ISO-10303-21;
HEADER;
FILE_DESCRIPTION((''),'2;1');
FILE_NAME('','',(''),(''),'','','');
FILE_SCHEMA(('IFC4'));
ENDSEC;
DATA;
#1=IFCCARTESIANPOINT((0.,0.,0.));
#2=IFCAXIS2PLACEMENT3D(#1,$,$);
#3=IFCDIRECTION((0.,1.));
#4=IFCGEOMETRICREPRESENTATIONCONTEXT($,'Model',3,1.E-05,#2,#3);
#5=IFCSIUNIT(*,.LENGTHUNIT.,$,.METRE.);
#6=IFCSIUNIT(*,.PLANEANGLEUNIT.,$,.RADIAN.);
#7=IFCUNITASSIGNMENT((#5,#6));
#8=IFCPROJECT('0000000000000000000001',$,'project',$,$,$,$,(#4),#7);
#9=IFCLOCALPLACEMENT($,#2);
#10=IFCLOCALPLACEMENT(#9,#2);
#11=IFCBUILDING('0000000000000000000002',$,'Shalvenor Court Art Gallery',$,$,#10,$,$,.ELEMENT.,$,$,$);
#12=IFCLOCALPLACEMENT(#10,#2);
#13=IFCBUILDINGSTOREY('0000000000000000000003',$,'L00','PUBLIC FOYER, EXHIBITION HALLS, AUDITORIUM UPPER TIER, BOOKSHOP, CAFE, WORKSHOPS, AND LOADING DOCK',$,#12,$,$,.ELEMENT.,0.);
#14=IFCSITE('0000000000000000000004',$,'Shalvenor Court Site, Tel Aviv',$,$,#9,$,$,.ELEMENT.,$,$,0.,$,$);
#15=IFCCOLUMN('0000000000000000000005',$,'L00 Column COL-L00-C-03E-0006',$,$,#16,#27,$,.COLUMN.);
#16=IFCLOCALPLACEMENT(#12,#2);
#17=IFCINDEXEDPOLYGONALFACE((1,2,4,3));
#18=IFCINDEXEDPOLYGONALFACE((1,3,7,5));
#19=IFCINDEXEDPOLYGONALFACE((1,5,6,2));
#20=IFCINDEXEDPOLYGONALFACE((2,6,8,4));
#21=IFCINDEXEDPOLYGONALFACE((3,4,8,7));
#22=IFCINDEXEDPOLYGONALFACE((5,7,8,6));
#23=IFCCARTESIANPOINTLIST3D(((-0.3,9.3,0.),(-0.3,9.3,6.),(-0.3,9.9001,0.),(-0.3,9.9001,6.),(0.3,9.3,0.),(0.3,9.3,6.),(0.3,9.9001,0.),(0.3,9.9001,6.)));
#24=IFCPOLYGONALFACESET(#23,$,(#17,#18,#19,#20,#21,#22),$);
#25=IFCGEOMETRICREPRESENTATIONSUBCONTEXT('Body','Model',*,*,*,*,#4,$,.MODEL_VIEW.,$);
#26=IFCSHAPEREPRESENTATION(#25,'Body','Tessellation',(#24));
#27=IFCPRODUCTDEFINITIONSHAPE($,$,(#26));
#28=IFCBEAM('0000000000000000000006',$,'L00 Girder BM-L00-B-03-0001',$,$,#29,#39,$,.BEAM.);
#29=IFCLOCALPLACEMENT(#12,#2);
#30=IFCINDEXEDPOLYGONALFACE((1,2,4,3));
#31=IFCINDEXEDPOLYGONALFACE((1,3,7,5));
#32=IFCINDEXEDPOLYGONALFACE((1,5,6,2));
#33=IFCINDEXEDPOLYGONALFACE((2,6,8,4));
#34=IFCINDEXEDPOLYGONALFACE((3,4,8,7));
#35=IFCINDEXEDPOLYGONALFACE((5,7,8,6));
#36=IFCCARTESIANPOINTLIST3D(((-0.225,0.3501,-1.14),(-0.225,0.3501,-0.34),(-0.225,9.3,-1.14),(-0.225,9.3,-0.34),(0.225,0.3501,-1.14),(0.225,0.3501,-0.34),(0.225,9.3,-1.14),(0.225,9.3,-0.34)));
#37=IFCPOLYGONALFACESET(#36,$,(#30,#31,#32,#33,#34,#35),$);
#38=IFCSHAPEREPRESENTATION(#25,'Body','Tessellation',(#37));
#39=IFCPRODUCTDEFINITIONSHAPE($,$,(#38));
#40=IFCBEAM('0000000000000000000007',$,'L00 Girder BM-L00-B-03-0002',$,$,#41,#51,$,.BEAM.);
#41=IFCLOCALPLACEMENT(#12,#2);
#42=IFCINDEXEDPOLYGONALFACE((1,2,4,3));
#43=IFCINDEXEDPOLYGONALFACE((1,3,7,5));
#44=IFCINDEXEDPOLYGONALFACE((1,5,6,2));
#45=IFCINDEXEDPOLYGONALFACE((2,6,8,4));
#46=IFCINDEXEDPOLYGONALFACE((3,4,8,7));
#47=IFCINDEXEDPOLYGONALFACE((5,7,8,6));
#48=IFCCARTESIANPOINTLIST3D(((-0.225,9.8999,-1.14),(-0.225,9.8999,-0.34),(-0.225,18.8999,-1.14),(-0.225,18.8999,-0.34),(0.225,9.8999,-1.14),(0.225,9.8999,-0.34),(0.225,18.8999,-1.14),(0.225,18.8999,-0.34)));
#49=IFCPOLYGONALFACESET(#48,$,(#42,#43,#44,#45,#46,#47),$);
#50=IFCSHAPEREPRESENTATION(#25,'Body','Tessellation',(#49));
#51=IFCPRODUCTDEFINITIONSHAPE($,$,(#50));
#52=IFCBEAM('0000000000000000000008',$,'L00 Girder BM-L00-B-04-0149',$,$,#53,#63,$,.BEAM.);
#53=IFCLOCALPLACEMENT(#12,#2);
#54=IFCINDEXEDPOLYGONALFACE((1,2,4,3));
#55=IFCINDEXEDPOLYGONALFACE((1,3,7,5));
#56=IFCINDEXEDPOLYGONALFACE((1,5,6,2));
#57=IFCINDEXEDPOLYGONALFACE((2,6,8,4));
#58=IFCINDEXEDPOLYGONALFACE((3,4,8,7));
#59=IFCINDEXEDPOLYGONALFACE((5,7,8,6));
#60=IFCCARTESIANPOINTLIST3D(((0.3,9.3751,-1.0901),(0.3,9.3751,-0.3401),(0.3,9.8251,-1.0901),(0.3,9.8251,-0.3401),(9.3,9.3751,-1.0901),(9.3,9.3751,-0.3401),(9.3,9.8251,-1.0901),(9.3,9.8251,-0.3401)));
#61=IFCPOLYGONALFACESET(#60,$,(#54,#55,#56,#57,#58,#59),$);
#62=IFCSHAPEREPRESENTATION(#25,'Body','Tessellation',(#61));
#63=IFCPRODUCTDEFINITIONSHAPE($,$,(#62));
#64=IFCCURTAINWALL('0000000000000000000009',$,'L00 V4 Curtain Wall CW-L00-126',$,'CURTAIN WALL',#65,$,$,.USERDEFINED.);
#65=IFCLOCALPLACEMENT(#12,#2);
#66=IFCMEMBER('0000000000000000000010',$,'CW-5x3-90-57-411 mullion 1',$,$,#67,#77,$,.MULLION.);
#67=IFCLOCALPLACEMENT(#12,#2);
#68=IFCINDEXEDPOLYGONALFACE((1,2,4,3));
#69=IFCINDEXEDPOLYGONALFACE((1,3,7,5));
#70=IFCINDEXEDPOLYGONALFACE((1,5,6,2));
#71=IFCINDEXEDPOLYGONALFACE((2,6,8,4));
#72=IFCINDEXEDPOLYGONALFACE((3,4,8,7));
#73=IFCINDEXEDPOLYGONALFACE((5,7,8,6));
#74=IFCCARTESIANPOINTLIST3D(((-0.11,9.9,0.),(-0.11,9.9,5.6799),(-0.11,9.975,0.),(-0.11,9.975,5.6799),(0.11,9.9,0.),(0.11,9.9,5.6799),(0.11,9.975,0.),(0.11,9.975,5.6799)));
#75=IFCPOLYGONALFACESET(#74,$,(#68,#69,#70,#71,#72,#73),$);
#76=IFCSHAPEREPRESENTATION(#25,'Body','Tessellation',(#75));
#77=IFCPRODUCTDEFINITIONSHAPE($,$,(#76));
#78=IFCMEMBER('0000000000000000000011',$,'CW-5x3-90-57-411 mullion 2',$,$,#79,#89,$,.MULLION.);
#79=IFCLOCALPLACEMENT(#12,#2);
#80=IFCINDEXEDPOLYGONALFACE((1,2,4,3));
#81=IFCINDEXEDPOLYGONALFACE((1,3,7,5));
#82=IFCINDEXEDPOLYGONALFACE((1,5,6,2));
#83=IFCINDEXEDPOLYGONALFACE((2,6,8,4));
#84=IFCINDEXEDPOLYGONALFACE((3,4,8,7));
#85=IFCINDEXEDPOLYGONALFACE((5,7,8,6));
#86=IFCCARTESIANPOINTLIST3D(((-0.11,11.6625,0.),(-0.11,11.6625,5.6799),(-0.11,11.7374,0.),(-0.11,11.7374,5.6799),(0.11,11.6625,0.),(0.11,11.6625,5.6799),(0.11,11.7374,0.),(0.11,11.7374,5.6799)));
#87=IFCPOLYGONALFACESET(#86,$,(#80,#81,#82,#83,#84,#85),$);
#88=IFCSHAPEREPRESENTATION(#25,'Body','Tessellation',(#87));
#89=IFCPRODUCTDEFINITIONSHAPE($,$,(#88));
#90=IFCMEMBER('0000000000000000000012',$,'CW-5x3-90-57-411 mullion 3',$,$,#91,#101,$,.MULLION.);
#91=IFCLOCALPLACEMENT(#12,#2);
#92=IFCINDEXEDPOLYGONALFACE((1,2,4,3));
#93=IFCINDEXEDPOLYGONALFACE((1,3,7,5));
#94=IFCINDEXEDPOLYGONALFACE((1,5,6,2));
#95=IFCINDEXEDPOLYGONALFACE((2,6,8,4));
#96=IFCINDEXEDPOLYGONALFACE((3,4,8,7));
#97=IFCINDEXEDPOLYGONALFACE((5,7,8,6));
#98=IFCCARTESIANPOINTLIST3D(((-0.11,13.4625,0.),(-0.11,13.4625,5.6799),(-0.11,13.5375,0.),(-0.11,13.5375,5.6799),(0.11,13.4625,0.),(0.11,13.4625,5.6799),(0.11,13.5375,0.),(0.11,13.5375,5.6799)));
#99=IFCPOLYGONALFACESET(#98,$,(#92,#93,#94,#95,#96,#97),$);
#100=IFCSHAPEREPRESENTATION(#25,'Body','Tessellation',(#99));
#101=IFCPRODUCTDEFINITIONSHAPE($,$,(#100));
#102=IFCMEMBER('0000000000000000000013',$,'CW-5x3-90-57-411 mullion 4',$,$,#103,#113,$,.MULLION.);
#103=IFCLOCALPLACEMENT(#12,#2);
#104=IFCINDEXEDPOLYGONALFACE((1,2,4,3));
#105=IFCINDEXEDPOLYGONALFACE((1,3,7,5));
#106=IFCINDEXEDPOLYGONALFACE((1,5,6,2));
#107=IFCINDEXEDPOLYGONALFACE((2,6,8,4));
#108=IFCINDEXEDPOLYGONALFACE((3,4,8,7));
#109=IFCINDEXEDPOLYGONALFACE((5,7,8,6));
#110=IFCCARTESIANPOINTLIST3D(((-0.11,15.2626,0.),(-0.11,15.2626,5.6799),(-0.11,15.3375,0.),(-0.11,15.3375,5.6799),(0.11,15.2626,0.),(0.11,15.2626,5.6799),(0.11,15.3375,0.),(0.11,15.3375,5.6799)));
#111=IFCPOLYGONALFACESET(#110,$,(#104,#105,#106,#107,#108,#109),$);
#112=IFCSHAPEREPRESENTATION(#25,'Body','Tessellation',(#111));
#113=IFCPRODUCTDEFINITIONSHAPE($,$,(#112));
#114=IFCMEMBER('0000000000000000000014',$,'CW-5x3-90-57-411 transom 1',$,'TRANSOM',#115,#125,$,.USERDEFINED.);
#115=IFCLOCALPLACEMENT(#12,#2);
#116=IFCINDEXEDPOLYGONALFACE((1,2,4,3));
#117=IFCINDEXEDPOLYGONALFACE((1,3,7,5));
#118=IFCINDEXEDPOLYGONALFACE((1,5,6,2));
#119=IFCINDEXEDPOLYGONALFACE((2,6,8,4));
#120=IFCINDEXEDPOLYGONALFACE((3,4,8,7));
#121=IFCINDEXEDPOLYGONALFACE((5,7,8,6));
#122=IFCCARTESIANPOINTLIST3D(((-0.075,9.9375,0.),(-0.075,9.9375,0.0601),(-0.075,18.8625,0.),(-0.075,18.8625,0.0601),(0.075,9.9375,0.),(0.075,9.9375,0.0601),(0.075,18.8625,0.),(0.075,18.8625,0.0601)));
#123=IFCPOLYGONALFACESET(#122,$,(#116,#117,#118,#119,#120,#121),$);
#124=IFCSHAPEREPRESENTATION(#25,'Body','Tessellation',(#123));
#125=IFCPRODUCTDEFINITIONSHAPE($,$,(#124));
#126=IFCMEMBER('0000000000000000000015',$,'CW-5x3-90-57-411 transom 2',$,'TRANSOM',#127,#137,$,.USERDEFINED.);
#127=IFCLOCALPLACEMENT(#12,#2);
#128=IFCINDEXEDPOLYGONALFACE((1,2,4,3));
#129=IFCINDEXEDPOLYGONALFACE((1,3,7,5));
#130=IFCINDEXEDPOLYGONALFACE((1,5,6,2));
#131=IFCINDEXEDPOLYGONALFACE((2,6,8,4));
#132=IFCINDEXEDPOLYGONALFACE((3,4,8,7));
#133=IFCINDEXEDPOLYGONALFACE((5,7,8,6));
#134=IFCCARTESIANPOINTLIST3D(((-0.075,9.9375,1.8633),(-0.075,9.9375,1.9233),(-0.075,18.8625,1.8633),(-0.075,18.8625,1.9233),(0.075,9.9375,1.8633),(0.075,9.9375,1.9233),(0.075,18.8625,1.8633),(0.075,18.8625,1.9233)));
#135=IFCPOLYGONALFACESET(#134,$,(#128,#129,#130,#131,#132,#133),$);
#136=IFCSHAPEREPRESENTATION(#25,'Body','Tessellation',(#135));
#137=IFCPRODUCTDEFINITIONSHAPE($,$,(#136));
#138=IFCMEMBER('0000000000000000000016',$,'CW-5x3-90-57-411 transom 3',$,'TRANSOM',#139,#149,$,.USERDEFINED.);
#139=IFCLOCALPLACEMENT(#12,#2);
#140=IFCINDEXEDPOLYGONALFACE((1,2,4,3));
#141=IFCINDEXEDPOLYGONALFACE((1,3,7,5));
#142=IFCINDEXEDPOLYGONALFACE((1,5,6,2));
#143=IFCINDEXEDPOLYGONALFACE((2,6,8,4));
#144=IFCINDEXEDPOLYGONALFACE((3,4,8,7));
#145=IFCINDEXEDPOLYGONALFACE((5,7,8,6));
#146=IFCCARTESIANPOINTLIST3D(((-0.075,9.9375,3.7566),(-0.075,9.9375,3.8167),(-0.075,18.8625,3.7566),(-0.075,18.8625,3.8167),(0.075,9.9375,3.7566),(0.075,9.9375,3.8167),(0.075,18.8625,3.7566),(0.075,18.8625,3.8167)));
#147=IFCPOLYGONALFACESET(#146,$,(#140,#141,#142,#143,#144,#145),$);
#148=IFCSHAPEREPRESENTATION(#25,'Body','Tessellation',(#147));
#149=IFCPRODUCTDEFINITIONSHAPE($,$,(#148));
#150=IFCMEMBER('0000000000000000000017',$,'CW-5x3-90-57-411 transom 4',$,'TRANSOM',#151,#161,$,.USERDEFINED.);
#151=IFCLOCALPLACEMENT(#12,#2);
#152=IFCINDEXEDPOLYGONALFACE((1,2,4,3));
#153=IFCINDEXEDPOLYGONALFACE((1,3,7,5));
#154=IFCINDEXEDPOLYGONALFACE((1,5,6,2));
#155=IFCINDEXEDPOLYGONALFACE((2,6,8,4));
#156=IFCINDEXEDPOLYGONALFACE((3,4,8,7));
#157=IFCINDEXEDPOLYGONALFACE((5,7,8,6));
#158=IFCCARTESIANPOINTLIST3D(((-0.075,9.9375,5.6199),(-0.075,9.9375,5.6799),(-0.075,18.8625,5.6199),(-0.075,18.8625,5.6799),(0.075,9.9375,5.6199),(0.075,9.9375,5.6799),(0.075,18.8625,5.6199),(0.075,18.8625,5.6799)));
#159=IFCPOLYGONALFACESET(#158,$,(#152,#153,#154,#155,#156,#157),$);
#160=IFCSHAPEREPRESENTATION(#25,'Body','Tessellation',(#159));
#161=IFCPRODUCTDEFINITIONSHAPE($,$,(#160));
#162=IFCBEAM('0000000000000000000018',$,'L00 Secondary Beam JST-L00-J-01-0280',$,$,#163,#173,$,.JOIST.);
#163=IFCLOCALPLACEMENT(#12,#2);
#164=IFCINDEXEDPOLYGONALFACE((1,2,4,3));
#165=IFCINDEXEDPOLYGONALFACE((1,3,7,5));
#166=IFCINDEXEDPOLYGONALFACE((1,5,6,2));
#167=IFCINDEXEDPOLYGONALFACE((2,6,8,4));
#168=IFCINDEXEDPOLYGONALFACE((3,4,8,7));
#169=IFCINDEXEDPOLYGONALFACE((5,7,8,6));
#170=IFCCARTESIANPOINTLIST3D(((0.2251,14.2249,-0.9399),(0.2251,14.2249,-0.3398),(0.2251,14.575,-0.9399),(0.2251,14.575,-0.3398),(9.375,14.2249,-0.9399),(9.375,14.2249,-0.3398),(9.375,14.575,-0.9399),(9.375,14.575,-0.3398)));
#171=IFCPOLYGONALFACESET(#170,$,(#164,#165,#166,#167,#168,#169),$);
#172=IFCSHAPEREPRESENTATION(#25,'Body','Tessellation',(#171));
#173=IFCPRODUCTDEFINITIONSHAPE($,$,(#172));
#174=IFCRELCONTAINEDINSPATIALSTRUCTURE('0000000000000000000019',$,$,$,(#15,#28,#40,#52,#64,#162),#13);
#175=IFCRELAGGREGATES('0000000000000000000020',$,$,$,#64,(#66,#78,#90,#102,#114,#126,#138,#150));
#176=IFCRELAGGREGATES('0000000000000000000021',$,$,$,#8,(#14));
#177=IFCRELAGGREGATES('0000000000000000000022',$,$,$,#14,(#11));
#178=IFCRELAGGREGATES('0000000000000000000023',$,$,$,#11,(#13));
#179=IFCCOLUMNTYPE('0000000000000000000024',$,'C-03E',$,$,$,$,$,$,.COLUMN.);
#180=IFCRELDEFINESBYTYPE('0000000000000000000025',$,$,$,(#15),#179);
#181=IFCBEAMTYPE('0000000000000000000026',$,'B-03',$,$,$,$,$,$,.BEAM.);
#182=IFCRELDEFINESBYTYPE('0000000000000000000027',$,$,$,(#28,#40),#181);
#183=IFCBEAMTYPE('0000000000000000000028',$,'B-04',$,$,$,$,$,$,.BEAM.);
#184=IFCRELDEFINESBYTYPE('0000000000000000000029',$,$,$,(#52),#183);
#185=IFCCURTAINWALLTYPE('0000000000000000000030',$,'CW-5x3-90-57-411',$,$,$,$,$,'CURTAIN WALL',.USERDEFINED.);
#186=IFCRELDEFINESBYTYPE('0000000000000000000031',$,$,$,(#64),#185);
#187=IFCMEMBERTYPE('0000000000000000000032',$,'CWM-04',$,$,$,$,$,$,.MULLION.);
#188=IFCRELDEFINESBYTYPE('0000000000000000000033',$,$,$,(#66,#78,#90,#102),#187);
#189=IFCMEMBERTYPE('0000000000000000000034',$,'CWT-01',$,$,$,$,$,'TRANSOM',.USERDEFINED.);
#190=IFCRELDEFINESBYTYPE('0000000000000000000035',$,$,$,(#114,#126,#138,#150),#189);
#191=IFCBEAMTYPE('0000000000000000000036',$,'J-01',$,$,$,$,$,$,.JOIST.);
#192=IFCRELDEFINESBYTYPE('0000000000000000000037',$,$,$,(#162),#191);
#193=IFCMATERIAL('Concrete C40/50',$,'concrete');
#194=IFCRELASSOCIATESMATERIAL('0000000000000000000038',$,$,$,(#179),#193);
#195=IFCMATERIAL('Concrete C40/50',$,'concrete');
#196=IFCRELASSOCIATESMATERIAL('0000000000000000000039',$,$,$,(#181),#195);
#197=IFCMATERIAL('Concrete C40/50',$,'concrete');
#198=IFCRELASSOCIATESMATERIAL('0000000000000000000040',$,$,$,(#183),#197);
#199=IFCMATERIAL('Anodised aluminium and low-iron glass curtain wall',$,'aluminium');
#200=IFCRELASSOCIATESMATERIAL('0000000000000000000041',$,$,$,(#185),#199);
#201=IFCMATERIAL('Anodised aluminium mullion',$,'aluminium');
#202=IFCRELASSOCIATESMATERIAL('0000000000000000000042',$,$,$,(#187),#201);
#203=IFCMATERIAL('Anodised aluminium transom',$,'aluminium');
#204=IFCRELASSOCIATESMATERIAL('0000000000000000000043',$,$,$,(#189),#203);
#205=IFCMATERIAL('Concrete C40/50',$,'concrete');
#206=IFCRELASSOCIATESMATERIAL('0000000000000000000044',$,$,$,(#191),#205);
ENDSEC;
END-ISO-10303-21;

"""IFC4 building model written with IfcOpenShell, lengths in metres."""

from ifc_helpers import new_model, si_unit, direction, frame, origin, origin_2d, place, context, subcontext, project, spatial, rectangle, extrude, material, material_profile, profile_set, type_object, element, aggregate, save


model = new_model("IFC4")

# Units and contexts
model_context = context("Model", 3, precision=1e-05, world=origin(), true_north=direction((0.0, 1.0)))
body_context = subcontext(model_context, "Body", "Model", "MODEL_VIEW")
ifc_project = project(units=[si_unit("LENGTHUNIT", "METRE"), si_unit("PLANEANGLEUNIT", "RADIAN")], contexts=[model_context])

# Site, building, storey
site_placement = place(None, origin())
site = spatial("IfcSite", under=ifc_project, at=site_placement, Name="Shalvenor Court Site, Tel Aviv", CompositionType="ELEMENT", RefElevation=0.0)
building_placement = place(site_placement, origin())
building = spatial("IfcBuilding", under=site, at=building_placement, Name="Shalvenor Court Art Gallery", CompositionType="ELEMENT")
storey_placement = place(building_placement, origin())
storey = spatial("IfcBuildingStorey", under=building, at=storey_placement, Name="L00", Description="PUBLIC FOYER, EXHIBITION HALLS, AUDITORIUM UPPER TIER, BOOKSHOP, CAFE, WORKSHOPS, AND LOADING DOCK", CompositionType="ELEMENT", Elevation=0.0)

# Column
ifc_material_1 = material(Name="Concrete C40/50", Category="concrete")
ifc_material_profile_1 = material_profile(ifc_material_1, rectangle(XDim=0.6001, YDim=0.6001, at=origin_2d()), Name="RC 600x600")
ifc_profile_set_1 = profile_set([ifc_material_profile_1], Name="Concrete C40/50")
column_type = type_object("IfcColumnType", Name="C-03E", PredefinedType="COLUMN", material=ifc_profile_set_1)
column_placement = place(storey_placement, frame((0.0, 9.6001, 0.0), z_axis=(0.0, 0.0, 1.0), x_axis=(1.0, 0.0, 0.0)))
element("IfcColumn", 1, at=column_placement, inside=storey, type_object=column_type, Name="L00 Column COL-L00-C-03E-0006", PredefinedType="COLUMN", context=body_context, shape_type="SweptSolid", body=[
    extrude(rectangle(XDim=0.6001, YDim=0.6001, at=origin_2d()), origin(), (0.0, 0.0, 1.0), 6.0),
])

# Beams
ifc_material_2 = material(Name="Concrete C40/50", Category="concrete")
ifc_material_profile_2 = material_profile(ifc_material_2, rectangle(XDim=0.45, YDim=0.8, at=origin_2d()), Name="RC 450x800")
ifc_profile_set_2 = profile_set([ifc_material_profile_2], Name="Concrete C40/50")
beam_type_1 = type_object("IfcBeamType", Name="B-03", PredefinedType="BEAM", material=ifc_profile_set_2)
beam_1_placement = place(storey_placement, frame((0.0, 0.3501, -0.74), z_axis=(0.0, 1.0, 0.0), x_axis=(-1.0, 0.0, 0.0)))
element("IfcBeam", 2, at=beam_1_placement, inside=storey, type_object=beam_type_1, Name="L00 Girder BM-L00-B-03-0001", PredefinedType="BEAM", context=body_context, shape_type="SweptSolid", body=[
    extrude(rectangle(XDim=0.45, YDim=0.8, at=origin_2d()), origin(), (0.0, 0.0, 1.0), 8.95),
])
beam_2_placement = place(storey_placement, frame((0.0, 9.8999, -0.74), z_axis=(0.0, 1.0, 0.0), x_axis=(-1.0, 0.0, 0.0)))
element("IfcBeam", 3, at=beam_2_placement, inside=storey, type_object=beam_type_1, Name="L00 Girder BM-L00-B-03-0002", PredefinedType="BEAM", context=body_context, shape_type="SweptSolid", body=[
    extrude(rectangle(XDim=0.45, YDim=0.8, at=origin_2d()), origin(), (0.0, 0.0, 1.0), 9.0),
])
ifc_material_3 = material(Name="Concrete C40/50", Category="concrete")
ifc_material_profile_3 = material_profile(ifc_material_3, rectangle(XDim=0.45, YDim=0.75, at=origin_2d()), Name="RC 450x750")
ifc_profile_set_3 = profile_set([ifc_material_profile_3], Name="Concrete C40/50")
beam_type_2 = type_object("IfcBeamType", Name="B-04", PredefinedType="BEAM", material=ifc_profile_set_3)
beam_3_placement = place(storey_placement, frame((0.3, 9.6001, -0.7151), z_axis=(1.0, 0.0, 0.0), x_axis=(0.0, 1.0, 0.0)))
element("IfcBeam", 4, at=beam_3_placement, inside=storey, type_object=beam_type_2, Name="L00 Girder BM-L00-B-04-0149", PredefinedType="BEAM", context=body_context, shape_type="SweptSolid", body=[
    extrude(rectangle(XDim=0.45, YDim=0.75, at=origin_2d()), origin(), (0.0, 0.0, 1.0), 9.0),
])

# Curtain wall, members
ifc_material_4 = material(Name="Anodised aluminium and low-iron glass curtain wall", Category="aluminium")
curtain_wall_type = type_object("IfcCurtainWallType", Name="CW-5x3-90-57-411", ElementType="CURTAIN WALL", PredefinedType="USERDEFINED", material=ifc_material_4)
curtain_wall_placement = place(storey_placement, origin())
curtain_wall = element("IfcCurtainWall", 5, at=curtain_wall_placement, inside=storey, type_object=curtain_wall_type, Name="L00 V4 Curtain Wall CW-L00-126", ObjectType="CURTAIN WALL", PredefinedType="USERDEFINED")
ifc_material_5 = material(Name="Anodised aluminium mullion", Category="aluminium")
ifc_material_profile_4 = material_profile(ifc_material_5, rectangle(XDim=0.075, YDim=0.22, at=origin_2d()), Name="CWM-04")
ifc_profile_set_4 = profile_set([ifc_material_profile_4], Name="Anodised aluminium mullion")
member_type_1 = type_object("IfcMemberType", Name="CWM-04", PredefinedType="MULLION", material=ifc_profile_set_4)
member_1_placement = place(storey_placement, frame((0.0, 9.9375, 0.0), z_axis=(0.0, 0.0, 1.0), x_axis=(0.0, 1.0, 0.0)))
member_1 = element("IfcMember", 6, at=member_1_placement, type_object=member_type_1, Name="CW-5x3-90-57-411 mullion 1", PredefinedType="MULLION", context=body_context, shape_type="SweptSolid", body=[
    extrude(rectangle(XDim=0.075, YDim=0.22, at=origin_2d()), origin(), (0.0, 0.0, 1.0), 5.6799),
])
member_2_placement = place(storey_placement, frame((0.0, 11.7, 0.0), z_axis=(0.0, 0.0, 1.0), x_axis=(0.0, 1.0, 0.0)))
member_2 = element("IfcMember", 7, at=member_2_placement, type_object=member_type_1, Name="CW-5x3-90-57-411 mullion 2", PredefinedType="MULLION", context=body_context, shape_type="SweptSolid", body=[
    extrude(rectangle(XDim=0.075, YDim=0.22, at=origin_2d()), origin(), (0.0, 0.0, 1.0), 5.6799),
])
member_3_placement = place(storey_placement, frame((0.0, 13.5, 0.0), z_axis=(0.0, 0.0, 1.0), x_axis=(0.0, 1.0, 0.0)))
member_3 = element("IfcMember", 8, at=member_3_placement, type_object=member_type_1, Name="CW-5x3-90-57-411 mullion 3", PredefinedType="MULLION", context=body_context, shape_type="SweptSolid", body=[
    extrude(rectangle(XDim=0.075, YDim=0.22, at=origin_2d()), origin(), (0.0, 0.0, 1.0), 5.6799),
])
member_4_placement = place(storey_placement, frame((0.0, 15.3, 0.0), z_axis=(0.0, 0.0, 1.0), x_axis=(0.0, 1.0, 0.0)))
member_4 = element("IfcMember", 9, at=member_4_placement, type_object=member_type_1, Name="CW-5x3-90-57-411 mullion 4", PredefinedType="MULLION", context=body_context, shape_type="SweptSolid", body=[
    extrude(rectangle(XDim=0.075, YDim=0.22, at=origin_2d()), origin(), (0.0, 0.0, 1.0), 5.6799),
])
ifc_material_6 = material(Name="Anodised aluminium transom", Category="aluminium")
ifc_material_profile_5 = material_profile(ifc_material_6, rectangle(XDim=0.1499, YDim=0.0601, at=origin_2d()), Name="CWT-01")
ifc_profile_set_5 = profile_set([ifc_material_profile_5], Name="Anodised aluminium transom")
member_type_2 = type_object("IfcMemberType", Name="CWT-01", ElementType="TRANSOM", PredefinedType="USERDEFINED", material=ifc_profile_set_5)
member_5_placement = place(storey_placement, frame((0.0, 9.9375, 0.03), z_axis=(0.0, 1.0, 0.0), x_axis=(-1.0, 0.0, 0.0)))
member_5 = element("IfcMember", 10, at=member_5_placement, type_object=member_type_2, Name="CW-5x3-90-57-411 transom 1", ObjectType="TRANSOM", PredefinedType="USERDEFINED", context=body_context, shape_type="SweptSolid", body=[
    extrude(rectangle(XDim=0.1499, YDim=0.0601, at=origin_2d()), origin(), (0.0, 0.0, 1.0), 8.925),
])
member_6_placement = place(storey_placement, frame((0.0, 9.9375, 1.8933), z_axis=(0.0, 1.0, 0.0), x_axis=(-1.0, 0.0, 0.0)))
member_6 = element("IfcMember", 11, at=member_6_placement, type_object=member_type_2, Name="CW-5x3-90-57-411 transom 2", ObjectType="TRANSOM", PredefinedType="USERDEFINED", context=body_context, shape_type="SweptSolid", body=[
    extrude(rectangle(XDim=0.1499, YDim=0.0601, at=origin_2d()), origin(), (0.0, 0.0, 1.0), 8.925),
])
member_7_placement = place(storey_placement, frame((0.0, 9.9375, 3.7866), z_axis=(0.0, 1.0, 0.0), x_axis=(-1.0, 0.0, 0.0)))
member_7 = element("IfcMember", 12, at=member_7_placement, type_object=member_type_2, Name="CW-5x3-90-57-411 transom 3", ObjectType="TRANSOM", PredefinedType="USERDEFINED", context=body_context, shape_type="SweptSolid", body=[
    extrude(rectangle(XDim=0.1499, YDim=0.0601, at=origin_2d()), origin(), (0.0, 0.0, 1.0), 8.925),
])
member_8_placement = place(storey_placement, frame((0.0, 9.9375, 5.6499), z_axis=(0.0, 1.0, 0.0), x_axis=(-1.0, 0.0, 0.0)))
member_8 = element("IfcMember", 13, at=member_8_placement, type_object=member_type_2, Name="CW-5x3-90-57-411 transom 4", ObjectType="TRANSOM", PredefinedType="USERDEFINED", context=body_context, shape_type="SweptSolid", body=[
    extrude(rectangle(XDim=0.1499, YDim=0.0601, at=origin_2d()), origin(), (0.0, 0.0, 1.0), 8.925),
])

# Beam
ifc_material_7 = material(Name="Concrete C40/50", Category="concrete")
ifc_material_profile_6 = material_profile(ifc_material_7, rectangle(XDim=0.3501, YDim=0.6001, at=origin_2d()), Name="RC 350x600")
ifc_profile_set_6 = profile_set([ifc_material_profile_6], Name="Concrete C40/50")
beam_type_3 = type_object("IfcBeamType", Name="J-01", PredefinedType="JOIST", material=ifc_profile_set_6)
beam_4_placement = place(storey_placement, frame((0.2251, 14.3999, -0.6399), z_axis=(1.0, 0.0, 0.0), x_axis=(0.0, 1.0, 0.0)))
element("IfcBeam", 14, at=beam_4_placement, inside=storey, type_object=beam_type_3, Name="L00 Secondary Beam JST-L00-J-01-0280", PredefinedType="JOIST", context=body_context, shape_type="SweptSolid", body=[
    extrude(rectangle(XDim=0.3501, YDim=0.6001, at=origin_2d()), origin(), (0.0, 0.0, 1.0), 9.1499),
])

aggregate(curtain_wall, [member_1, member_2, member_3, member_4, member_5, member_6, member_7, member_8])

save(model, "model.ifc")
